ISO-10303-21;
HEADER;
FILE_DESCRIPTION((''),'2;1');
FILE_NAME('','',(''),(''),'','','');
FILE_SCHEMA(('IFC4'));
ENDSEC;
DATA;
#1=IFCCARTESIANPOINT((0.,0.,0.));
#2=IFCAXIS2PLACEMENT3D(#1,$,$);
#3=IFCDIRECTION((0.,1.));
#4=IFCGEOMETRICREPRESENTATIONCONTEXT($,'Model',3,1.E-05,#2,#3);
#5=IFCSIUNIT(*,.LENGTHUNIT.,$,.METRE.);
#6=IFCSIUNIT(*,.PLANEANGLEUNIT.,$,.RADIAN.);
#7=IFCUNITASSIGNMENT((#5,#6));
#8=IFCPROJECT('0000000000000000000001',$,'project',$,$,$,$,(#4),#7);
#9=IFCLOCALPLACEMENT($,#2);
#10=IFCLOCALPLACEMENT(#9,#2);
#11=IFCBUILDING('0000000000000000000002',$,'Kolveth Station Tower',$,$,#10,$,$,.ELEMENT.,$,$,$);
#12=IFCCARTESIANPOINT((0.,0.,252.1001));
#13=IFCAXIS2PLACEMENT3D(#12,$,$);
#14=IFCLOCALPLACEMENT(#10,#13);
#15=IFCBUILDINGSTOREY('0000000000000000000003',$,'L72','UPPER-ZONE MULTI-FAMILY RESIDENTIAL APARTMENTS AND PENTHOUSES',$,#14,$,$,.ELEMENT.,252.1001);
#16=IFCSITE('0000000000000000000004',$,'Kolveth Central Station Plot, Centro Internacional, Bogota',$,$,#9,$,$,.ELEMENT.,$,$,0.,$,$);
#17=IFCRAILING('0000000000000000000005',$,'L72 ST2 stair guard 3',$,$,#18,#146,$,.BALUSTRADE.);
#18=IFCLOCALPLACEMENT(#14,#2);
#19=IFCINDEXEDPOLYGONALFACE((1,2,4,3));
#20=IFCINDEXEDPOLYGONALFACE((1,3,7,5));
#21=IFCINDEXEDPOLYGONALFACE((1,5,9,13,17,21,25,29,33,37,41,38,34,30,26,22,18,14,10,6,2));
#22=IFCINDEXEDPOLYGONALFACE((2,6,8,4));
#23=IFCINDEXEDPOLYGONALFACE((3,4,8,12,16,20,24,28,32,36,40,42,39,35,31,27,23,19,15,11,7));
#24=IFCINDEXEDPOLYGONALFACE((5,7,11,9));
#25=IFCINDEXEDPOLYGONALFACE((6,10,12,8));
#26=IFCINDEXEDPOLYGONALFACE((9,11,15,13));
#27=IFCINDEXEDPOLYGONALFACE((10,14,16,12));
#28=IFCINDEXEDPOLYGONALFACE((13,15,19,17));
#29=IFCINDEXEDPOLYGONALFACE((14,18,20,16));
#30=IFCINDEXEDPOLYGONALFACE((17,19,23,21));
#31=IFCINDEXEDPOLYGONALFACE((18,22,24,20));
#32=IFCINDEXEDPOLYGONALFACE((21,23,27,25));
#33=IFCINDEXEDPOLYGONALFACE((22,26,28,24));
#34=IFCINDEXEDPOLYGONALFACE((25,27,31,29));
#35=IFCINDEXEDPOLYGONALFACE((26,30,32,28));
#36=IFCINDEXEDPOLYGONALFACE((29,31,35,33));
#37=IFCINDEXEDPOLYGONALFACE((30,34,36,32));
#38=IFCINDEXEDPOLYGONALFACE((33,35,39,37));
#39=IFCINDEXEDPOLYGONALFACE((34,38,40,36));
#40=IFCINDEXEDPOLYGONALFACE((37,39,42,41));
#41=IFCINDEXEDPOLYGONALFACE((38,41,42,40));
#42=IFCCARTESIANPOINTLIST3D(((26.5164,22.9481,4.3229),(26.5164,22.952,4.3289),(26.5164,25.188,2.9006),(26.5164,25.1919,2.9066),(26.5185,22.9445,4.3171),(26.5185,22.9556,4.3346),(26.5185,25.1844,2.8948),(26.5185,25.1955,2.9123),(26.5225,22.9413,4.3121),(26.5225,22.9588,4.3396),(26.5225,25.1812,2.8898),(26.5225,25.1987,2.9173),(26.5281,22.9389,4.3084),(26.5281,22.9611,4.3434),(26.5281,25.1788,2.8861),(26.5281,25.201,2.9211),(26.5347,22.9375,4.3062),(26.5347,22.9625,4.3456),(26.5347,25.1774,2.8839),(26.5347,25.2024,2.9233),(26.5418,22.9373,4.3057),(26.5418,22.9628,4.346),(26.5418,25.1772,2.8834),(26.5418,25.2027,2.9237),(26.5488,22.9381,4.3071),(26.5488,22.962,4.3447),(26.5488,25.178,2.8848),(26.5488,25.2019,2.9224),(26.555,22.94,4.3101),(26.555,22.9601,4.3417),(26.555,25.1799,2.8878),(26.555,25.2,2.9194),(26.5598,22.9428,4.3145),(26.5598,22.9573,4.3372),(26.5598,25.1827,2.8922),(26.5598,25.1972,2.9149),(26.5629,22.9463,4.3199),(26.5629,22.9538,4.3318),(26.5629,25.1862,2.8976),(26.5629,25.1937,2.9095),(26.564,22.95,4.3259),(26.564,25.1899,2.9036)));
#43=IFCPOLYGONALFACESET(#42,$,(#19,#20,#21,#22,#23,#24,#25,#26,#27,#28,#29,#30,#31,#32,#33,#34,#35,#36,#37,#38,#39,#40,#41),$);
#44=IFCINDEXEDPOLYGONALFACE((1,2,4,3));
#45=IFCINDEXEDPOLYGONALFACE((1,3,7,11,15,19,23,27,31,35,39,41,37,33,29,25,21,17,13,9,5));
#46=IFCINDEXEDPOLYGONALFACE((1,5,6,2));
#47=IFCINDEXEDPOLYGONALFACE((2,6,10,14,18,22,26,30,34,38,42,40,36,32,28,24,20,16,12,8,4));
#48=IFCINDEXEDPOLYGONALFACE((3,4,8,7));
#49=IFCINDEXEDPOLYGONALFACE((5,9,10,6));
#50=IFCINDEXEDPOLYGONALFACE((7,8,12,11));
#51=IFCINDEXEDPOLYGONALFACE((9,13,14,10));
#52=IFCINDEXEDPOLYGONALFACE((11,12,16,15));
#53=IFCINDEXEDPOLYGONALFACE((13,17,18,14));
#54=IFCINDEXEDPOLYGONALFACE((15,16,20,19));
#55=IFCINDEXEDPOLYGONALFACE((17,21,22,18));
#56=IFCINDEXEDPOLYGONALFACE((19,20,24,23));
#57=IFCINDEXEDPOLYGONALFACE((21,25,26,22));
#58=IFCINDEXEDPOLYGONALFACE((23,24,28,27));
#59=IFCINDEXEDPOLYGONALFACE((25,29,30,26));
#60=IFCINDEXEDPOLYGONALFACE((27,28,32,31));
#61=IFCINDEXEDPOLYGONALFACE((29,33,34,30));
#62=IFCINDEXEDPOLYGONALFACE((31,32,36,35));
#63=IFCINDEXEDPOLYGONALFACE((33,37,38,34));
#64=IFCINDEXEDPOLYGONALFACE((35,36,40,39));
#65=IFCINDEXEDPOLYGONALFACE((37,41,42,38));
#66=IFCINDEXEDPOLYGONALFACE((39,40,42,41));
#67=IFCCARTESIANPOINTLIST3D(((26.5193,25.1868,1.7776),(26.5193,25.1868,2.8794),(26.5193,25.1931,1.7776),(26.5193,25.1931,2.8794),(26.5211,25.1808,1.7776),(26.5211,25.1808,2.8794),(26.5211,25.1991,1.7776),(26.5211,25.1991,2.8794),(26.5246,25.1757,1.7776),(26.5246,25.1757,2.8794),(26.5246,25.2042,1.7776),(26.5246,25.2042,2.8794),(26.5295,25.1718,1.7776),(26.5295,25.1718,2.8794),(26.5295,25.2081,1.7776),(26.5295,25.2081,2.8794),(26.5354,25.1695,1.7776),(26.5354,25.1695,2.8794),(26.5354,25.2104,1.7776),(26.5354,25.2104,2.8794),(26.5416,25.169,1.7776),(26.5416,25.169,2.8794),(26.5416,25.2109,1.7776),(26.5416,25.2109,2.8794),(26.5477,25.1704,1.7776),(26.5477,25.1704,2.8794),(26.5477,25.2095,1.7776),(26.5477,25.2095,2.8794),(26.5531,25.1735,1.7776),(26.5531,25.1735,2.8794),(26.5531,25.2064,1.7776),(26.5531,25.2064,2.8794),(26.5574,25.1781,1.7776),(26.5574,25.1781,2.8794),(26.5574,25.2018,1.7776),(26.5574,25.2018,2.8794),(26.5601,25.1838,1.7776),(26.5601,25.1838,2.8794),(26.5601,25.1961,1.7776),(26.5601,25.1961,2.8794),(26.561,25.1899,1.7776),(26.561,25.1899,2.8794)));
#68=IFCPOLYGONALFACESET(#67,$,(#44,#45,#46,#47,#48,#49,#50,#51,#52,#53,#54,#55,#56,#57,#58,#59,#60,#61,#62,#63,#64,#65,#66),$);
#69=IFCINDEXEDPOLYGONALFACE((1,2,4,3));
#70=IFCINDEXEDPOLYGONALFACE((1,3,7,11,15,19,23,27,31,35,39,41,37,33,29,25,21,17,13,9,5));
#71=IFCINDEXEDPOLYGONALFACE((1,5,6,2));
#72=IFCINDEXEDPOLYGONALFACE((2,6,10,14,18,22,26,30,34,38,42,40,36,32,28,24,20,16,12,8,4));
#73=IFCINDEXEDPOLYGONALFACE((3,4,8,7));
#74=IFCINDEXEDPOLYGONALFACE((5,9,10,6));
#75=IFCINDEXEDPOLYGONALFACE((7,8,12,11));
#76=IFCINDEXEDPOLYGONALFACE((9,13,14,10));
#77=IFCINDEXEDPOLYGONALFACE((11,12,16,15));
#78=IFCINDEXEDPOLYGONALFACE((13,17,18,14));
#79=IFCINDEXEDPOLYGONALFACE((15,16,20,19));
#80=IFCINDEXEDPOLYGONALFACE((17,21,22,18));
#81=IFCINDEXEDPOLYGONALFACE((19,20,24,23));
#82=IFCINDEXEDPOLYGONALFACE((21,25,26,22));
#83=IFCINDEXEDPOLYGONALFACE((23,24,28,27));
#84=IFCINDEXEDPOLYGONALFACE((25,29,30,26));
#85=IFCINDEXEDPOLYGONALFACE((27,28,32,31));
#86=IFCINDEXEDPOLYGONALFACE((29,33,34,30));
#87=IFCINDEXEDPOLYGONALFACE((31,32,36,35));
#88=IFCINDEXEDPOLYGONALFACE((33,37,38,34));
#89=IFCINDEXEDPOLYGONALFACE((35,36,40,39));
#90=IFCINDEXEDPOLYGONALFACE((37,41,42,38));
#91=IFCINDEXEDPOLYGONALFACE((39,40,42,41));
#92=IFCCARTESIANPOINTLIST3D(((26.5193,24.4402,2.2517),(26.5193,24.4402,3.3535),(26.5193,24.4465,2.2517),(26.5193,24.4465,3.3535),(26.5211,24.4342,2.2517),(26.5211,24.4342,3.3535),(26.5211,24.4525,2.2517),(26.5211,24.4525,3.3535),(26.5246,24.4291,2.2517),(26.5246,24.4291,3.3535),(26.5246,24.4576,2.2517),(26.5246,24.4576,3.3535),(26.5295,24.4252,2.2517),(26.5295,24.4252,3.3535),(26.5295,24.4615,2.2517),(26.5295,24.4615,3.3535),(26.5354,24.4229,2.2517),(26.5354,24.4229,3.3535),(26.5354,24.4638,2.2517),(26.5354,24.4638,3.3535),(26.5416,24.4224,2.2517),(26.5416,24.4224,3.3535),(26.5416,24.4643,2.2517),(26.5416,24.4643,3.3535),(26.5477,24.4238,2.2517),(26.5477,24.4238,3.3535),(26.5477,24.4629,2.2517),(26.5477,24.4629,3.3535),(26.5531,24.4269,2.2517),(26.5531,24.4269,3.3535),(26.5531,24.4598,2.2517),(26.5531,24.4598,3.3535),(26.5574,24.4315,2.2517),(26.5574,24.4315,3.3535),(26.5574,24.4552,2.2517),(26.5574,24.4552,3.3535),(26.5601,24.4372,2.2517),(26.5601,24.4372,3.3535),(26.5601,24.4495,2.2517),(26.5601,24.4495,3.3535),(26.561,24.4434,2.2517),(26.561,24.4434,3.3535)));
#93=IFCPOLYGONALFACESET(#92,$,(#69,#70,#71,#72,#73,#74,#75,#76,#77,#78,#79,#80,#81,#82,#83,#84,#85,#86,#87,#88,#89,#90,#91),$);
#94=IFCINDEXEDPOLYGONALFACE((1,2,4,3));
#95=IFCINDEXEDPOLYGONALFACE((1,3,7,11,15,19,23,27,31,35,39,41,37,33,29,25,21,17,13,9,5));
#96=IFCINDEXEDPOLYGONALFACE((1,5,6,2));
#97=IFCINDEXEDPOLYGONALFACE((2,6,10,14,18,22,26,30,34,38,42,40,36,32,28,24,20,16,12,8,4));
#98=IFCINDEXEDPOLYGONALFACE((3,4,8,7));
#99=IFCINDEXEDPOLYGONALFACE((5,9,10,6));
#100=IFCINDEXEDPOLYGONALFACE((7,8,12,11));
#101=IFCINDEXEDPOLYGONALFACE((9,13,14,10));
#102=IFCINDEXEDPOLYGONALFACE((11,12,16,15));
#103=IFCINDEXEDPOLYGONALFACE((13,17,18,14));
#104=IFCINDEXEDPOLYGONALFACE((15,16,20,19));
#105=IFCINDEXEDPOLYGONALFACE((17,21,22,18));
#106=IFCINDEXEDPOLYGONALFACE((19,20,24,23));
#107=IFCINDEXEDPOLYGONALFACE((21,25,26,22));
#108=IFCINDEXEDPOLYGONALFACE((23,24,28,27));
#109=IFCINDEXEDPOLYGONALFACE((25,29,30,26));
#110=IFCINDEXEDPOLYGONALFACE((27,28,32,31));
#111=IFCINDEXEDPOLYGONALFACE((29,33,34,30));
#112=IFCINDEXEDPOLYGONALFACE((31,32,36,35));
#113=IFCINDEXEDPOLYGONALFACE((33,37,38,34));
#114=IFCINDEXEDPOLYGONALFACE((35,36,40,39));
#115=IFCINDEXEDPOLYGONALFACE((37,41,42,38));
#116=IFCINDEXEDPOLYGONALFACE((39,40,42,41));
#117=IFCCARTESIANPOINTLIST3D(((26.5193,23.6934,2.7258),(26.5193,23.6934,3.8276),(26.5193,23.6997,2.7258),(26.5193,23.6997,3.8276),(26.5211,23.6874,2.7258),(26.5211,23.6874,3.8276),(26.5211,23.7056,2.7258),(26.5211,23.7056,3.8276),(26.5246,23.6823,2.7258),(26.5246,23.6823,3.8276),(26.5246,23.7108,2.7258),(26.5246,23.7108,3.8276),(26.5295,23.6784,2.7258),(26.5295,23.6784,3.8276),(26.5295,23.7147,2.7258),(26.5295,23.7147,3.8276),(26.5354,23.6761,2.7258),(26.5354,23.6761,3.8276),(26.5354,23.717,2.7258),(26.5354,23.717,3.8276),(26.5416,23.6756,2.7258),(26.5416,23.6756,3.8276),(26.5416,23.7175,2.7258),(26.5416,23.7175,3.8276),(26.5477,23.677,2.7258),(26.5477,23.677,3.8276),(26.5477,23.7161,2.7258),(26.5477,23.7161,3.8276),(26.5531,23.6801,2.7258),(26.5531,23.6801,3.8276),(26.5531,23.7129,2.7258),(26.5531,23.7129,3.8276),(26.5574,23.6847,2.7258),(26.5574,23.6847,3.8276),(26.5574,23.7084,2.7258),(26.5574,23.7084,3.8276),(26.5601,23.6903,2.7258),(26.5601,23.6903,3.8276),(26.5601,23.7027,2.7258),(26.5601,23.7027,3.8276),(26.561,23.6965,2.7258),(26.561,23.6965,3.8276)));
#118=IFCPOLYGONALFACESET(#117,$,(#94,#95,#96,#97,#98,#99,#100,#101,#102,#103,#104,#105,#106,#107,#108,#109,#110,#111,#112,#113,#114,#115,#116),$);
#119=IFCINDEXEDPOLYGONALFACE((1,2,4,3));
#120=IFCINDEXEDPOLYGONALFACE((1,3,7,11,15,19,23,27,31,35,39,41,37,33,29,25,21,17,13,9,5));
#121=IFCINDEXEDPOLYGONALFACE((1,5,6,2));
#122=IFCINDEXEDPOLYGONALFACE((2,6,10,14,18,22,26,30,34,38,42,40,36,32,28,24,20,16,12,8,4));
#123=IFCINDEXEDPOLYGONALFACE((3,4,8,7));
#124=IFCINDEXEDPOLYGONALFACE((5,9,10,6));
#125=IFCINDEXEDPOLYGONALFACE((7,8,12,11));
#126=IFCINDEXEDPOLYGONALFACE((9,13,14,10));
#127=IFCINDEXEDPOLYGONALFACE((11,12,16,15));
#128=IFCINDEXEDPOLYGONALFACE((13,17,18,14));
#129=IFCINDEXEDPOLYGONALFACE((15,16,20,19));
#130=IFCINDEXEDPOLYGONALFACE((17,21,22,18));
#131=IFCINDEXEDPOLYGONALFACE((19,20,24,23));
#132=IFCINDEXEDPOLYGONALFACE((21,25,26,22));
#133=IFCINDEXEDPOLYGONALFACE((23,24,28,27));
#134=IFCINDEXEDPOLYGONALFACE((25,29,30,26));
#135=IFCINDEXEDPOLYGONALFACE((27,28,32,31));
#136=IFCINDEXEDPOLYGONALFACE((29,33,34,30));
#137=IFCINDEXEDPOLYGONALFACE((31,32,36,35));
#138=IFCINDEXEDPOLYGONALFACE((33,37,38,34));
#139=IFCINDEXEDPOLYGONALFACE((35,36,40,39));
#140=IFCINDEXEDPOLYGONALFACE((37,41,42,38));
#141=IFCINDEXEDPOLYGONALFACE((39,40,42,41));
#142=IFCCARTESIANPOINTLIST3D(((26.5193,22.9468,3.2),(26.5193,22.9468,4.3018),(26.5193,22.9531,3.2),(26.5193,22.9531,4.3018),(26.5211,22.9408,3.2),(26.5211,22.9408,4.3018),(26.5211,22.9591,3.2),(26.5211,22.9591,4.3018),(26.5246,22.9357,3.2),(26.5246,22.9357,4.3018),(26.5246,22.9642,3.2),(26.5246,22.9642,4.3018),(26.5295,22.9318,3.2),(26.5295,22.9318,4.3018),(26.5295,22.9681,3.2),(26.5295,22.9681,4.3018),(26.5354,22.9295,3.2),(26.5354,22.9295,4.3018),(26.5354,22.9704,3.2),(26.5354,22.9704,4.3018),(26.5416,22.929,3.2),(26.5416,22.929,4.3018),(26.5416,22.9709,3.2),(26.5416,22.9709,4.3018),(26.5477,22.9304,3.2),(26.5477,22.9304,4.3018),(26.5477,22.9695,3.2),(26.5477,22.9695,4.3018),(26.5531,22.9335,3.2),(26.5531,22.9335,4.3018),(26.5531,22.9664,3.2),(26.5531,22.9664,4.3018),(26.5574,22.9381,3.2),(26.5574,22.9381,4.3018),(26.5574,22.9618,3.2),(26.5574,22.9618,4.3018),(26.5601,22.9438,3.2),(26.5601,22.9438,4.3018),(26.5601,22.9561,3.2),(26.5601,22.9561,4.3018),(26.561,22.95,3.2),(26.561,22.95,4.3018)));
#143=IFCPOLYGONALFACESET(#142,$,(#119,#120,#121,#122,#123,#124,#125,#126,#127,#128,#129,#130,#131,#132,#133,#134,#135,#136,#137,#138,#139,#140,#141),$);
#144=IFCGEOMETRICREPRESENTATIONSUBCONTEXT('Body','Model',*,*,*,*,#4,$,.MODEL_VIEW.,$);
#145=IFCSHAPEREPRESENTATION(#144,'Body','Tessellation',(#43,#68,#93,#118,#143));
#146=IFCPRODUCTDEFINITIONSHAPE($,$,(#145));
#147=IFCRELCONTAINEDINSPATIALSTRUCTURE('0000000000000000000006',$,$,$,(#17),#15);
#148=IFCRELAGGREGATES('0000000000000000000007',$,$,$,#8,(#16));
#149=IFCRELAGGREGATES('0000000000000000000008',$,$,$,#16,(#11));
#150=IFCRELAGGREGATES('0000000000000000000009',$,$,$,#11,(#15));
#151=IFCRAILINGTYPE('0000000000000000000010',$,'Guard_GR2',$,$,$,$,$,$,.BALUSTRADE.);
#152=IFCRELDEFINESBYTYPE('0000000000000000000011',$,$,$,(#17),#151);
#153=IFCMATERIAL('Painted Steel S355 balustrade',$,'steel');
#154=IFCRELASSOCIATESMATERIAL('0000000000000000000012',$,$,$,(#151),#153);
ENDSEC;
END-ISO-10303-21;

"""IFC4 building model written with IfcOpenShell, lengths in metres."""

from ifc_helpers import new_model, si_unit, direction, frame, origin, origin_2d, place, context, subcontext, project, spatial, circle, extrude, material, type_object, element, save


model = new_model("IFC4")

# Units and contexts
model_context = context("Model", 3, precision=1e-05, world=origin(), true_north=direction((0.0, 1.0)))
body_context = subcontext(model_context, "Body", "Model", "MODEL_VIEW")
ifc_project = project(units=[si_unit("LENGTHUNIT", "METRE"), si_unit("PLANEANGLEUNIT", "RADIAN")], contexts=[model_context])

# Site, building, storey
site_placement = place(None, origin())
site = spatial("IfcSite", under=ifc_project, at=site_placement, Name="Kolveth Central Station Plot, Centro Internacional, Bogota", CompositionType="ELEMENT", RefElevation=0.0)
building_placement = place(site_placement, origin())
building = spatial("IfcBuilding", under=site, at=building_placement, Name="Kolveth Station Tower", CompositionType="ELEMENT")
storey_placement = place(building_placement, frame((0.0, 0.0, 252.1001)))
storey = spatial("IfcBuildingStorey", under=building, at=storey_placement, Name="L72", Description="UPPER-ZONE MULTI-FAMILY RESIDENTIAL APARTMENTS AND PENTHOUSES", CompositionType="ELEMENT", Elevation=252.1001)

# Railing
ifc_material_1 = material(Name="Painted Steel S355 balustrade", Category="steel")
railing_type_1 = type_object("IfcRailingType", Name="Guard_GR2", PredefinedType="BALUSTRADE", material=ifc_material_1)
railing_1_placement = place(storey_placement, frame((26.54, 25.1899, 1.7776)))
element("IfcRailing", 1, at=railing_1_placement, inside=storey, type_object=railing_type_1, Name="L72 ST2 stair guard 3", PredefinedType="BALUSTRADE", context=body_context, shape_type="SweptSolid", body=[
    extrude(circle(Radius=0.0239, at=origin_2d()), frame((0.0, 0.0, 1.126), z_axis=(0.0, -0.844188, 0.536048), x_axis=(1.0, 0.0, 0.0)), (0.0, 0.0, 1.0), 2.6533),
    extrude(circle(Radius=0.021, at=origin_2d()), origin(), (0.0, 0.0, 1.0), 1.1018),
    extrude(circle(Radius=0.021, at=origin_2d()), frame((0.0, -0.7466, 0.4741)), (0.0, 0.0, 1.0), 1.1018),
    extrude(circle(Radius=0.021, at=origin_2d()), frame((0.0, -1.4934, 0.9482)), (0.0, 0.0, 1.0), 1.1018),
    extrude(circle(Radius=0.021, at=origin_2d()), frame((0.0, -2.24, 1.4224)), (0.0, 0.0, 1.0), 1.1018),
])

save(model, "model.ifc")
